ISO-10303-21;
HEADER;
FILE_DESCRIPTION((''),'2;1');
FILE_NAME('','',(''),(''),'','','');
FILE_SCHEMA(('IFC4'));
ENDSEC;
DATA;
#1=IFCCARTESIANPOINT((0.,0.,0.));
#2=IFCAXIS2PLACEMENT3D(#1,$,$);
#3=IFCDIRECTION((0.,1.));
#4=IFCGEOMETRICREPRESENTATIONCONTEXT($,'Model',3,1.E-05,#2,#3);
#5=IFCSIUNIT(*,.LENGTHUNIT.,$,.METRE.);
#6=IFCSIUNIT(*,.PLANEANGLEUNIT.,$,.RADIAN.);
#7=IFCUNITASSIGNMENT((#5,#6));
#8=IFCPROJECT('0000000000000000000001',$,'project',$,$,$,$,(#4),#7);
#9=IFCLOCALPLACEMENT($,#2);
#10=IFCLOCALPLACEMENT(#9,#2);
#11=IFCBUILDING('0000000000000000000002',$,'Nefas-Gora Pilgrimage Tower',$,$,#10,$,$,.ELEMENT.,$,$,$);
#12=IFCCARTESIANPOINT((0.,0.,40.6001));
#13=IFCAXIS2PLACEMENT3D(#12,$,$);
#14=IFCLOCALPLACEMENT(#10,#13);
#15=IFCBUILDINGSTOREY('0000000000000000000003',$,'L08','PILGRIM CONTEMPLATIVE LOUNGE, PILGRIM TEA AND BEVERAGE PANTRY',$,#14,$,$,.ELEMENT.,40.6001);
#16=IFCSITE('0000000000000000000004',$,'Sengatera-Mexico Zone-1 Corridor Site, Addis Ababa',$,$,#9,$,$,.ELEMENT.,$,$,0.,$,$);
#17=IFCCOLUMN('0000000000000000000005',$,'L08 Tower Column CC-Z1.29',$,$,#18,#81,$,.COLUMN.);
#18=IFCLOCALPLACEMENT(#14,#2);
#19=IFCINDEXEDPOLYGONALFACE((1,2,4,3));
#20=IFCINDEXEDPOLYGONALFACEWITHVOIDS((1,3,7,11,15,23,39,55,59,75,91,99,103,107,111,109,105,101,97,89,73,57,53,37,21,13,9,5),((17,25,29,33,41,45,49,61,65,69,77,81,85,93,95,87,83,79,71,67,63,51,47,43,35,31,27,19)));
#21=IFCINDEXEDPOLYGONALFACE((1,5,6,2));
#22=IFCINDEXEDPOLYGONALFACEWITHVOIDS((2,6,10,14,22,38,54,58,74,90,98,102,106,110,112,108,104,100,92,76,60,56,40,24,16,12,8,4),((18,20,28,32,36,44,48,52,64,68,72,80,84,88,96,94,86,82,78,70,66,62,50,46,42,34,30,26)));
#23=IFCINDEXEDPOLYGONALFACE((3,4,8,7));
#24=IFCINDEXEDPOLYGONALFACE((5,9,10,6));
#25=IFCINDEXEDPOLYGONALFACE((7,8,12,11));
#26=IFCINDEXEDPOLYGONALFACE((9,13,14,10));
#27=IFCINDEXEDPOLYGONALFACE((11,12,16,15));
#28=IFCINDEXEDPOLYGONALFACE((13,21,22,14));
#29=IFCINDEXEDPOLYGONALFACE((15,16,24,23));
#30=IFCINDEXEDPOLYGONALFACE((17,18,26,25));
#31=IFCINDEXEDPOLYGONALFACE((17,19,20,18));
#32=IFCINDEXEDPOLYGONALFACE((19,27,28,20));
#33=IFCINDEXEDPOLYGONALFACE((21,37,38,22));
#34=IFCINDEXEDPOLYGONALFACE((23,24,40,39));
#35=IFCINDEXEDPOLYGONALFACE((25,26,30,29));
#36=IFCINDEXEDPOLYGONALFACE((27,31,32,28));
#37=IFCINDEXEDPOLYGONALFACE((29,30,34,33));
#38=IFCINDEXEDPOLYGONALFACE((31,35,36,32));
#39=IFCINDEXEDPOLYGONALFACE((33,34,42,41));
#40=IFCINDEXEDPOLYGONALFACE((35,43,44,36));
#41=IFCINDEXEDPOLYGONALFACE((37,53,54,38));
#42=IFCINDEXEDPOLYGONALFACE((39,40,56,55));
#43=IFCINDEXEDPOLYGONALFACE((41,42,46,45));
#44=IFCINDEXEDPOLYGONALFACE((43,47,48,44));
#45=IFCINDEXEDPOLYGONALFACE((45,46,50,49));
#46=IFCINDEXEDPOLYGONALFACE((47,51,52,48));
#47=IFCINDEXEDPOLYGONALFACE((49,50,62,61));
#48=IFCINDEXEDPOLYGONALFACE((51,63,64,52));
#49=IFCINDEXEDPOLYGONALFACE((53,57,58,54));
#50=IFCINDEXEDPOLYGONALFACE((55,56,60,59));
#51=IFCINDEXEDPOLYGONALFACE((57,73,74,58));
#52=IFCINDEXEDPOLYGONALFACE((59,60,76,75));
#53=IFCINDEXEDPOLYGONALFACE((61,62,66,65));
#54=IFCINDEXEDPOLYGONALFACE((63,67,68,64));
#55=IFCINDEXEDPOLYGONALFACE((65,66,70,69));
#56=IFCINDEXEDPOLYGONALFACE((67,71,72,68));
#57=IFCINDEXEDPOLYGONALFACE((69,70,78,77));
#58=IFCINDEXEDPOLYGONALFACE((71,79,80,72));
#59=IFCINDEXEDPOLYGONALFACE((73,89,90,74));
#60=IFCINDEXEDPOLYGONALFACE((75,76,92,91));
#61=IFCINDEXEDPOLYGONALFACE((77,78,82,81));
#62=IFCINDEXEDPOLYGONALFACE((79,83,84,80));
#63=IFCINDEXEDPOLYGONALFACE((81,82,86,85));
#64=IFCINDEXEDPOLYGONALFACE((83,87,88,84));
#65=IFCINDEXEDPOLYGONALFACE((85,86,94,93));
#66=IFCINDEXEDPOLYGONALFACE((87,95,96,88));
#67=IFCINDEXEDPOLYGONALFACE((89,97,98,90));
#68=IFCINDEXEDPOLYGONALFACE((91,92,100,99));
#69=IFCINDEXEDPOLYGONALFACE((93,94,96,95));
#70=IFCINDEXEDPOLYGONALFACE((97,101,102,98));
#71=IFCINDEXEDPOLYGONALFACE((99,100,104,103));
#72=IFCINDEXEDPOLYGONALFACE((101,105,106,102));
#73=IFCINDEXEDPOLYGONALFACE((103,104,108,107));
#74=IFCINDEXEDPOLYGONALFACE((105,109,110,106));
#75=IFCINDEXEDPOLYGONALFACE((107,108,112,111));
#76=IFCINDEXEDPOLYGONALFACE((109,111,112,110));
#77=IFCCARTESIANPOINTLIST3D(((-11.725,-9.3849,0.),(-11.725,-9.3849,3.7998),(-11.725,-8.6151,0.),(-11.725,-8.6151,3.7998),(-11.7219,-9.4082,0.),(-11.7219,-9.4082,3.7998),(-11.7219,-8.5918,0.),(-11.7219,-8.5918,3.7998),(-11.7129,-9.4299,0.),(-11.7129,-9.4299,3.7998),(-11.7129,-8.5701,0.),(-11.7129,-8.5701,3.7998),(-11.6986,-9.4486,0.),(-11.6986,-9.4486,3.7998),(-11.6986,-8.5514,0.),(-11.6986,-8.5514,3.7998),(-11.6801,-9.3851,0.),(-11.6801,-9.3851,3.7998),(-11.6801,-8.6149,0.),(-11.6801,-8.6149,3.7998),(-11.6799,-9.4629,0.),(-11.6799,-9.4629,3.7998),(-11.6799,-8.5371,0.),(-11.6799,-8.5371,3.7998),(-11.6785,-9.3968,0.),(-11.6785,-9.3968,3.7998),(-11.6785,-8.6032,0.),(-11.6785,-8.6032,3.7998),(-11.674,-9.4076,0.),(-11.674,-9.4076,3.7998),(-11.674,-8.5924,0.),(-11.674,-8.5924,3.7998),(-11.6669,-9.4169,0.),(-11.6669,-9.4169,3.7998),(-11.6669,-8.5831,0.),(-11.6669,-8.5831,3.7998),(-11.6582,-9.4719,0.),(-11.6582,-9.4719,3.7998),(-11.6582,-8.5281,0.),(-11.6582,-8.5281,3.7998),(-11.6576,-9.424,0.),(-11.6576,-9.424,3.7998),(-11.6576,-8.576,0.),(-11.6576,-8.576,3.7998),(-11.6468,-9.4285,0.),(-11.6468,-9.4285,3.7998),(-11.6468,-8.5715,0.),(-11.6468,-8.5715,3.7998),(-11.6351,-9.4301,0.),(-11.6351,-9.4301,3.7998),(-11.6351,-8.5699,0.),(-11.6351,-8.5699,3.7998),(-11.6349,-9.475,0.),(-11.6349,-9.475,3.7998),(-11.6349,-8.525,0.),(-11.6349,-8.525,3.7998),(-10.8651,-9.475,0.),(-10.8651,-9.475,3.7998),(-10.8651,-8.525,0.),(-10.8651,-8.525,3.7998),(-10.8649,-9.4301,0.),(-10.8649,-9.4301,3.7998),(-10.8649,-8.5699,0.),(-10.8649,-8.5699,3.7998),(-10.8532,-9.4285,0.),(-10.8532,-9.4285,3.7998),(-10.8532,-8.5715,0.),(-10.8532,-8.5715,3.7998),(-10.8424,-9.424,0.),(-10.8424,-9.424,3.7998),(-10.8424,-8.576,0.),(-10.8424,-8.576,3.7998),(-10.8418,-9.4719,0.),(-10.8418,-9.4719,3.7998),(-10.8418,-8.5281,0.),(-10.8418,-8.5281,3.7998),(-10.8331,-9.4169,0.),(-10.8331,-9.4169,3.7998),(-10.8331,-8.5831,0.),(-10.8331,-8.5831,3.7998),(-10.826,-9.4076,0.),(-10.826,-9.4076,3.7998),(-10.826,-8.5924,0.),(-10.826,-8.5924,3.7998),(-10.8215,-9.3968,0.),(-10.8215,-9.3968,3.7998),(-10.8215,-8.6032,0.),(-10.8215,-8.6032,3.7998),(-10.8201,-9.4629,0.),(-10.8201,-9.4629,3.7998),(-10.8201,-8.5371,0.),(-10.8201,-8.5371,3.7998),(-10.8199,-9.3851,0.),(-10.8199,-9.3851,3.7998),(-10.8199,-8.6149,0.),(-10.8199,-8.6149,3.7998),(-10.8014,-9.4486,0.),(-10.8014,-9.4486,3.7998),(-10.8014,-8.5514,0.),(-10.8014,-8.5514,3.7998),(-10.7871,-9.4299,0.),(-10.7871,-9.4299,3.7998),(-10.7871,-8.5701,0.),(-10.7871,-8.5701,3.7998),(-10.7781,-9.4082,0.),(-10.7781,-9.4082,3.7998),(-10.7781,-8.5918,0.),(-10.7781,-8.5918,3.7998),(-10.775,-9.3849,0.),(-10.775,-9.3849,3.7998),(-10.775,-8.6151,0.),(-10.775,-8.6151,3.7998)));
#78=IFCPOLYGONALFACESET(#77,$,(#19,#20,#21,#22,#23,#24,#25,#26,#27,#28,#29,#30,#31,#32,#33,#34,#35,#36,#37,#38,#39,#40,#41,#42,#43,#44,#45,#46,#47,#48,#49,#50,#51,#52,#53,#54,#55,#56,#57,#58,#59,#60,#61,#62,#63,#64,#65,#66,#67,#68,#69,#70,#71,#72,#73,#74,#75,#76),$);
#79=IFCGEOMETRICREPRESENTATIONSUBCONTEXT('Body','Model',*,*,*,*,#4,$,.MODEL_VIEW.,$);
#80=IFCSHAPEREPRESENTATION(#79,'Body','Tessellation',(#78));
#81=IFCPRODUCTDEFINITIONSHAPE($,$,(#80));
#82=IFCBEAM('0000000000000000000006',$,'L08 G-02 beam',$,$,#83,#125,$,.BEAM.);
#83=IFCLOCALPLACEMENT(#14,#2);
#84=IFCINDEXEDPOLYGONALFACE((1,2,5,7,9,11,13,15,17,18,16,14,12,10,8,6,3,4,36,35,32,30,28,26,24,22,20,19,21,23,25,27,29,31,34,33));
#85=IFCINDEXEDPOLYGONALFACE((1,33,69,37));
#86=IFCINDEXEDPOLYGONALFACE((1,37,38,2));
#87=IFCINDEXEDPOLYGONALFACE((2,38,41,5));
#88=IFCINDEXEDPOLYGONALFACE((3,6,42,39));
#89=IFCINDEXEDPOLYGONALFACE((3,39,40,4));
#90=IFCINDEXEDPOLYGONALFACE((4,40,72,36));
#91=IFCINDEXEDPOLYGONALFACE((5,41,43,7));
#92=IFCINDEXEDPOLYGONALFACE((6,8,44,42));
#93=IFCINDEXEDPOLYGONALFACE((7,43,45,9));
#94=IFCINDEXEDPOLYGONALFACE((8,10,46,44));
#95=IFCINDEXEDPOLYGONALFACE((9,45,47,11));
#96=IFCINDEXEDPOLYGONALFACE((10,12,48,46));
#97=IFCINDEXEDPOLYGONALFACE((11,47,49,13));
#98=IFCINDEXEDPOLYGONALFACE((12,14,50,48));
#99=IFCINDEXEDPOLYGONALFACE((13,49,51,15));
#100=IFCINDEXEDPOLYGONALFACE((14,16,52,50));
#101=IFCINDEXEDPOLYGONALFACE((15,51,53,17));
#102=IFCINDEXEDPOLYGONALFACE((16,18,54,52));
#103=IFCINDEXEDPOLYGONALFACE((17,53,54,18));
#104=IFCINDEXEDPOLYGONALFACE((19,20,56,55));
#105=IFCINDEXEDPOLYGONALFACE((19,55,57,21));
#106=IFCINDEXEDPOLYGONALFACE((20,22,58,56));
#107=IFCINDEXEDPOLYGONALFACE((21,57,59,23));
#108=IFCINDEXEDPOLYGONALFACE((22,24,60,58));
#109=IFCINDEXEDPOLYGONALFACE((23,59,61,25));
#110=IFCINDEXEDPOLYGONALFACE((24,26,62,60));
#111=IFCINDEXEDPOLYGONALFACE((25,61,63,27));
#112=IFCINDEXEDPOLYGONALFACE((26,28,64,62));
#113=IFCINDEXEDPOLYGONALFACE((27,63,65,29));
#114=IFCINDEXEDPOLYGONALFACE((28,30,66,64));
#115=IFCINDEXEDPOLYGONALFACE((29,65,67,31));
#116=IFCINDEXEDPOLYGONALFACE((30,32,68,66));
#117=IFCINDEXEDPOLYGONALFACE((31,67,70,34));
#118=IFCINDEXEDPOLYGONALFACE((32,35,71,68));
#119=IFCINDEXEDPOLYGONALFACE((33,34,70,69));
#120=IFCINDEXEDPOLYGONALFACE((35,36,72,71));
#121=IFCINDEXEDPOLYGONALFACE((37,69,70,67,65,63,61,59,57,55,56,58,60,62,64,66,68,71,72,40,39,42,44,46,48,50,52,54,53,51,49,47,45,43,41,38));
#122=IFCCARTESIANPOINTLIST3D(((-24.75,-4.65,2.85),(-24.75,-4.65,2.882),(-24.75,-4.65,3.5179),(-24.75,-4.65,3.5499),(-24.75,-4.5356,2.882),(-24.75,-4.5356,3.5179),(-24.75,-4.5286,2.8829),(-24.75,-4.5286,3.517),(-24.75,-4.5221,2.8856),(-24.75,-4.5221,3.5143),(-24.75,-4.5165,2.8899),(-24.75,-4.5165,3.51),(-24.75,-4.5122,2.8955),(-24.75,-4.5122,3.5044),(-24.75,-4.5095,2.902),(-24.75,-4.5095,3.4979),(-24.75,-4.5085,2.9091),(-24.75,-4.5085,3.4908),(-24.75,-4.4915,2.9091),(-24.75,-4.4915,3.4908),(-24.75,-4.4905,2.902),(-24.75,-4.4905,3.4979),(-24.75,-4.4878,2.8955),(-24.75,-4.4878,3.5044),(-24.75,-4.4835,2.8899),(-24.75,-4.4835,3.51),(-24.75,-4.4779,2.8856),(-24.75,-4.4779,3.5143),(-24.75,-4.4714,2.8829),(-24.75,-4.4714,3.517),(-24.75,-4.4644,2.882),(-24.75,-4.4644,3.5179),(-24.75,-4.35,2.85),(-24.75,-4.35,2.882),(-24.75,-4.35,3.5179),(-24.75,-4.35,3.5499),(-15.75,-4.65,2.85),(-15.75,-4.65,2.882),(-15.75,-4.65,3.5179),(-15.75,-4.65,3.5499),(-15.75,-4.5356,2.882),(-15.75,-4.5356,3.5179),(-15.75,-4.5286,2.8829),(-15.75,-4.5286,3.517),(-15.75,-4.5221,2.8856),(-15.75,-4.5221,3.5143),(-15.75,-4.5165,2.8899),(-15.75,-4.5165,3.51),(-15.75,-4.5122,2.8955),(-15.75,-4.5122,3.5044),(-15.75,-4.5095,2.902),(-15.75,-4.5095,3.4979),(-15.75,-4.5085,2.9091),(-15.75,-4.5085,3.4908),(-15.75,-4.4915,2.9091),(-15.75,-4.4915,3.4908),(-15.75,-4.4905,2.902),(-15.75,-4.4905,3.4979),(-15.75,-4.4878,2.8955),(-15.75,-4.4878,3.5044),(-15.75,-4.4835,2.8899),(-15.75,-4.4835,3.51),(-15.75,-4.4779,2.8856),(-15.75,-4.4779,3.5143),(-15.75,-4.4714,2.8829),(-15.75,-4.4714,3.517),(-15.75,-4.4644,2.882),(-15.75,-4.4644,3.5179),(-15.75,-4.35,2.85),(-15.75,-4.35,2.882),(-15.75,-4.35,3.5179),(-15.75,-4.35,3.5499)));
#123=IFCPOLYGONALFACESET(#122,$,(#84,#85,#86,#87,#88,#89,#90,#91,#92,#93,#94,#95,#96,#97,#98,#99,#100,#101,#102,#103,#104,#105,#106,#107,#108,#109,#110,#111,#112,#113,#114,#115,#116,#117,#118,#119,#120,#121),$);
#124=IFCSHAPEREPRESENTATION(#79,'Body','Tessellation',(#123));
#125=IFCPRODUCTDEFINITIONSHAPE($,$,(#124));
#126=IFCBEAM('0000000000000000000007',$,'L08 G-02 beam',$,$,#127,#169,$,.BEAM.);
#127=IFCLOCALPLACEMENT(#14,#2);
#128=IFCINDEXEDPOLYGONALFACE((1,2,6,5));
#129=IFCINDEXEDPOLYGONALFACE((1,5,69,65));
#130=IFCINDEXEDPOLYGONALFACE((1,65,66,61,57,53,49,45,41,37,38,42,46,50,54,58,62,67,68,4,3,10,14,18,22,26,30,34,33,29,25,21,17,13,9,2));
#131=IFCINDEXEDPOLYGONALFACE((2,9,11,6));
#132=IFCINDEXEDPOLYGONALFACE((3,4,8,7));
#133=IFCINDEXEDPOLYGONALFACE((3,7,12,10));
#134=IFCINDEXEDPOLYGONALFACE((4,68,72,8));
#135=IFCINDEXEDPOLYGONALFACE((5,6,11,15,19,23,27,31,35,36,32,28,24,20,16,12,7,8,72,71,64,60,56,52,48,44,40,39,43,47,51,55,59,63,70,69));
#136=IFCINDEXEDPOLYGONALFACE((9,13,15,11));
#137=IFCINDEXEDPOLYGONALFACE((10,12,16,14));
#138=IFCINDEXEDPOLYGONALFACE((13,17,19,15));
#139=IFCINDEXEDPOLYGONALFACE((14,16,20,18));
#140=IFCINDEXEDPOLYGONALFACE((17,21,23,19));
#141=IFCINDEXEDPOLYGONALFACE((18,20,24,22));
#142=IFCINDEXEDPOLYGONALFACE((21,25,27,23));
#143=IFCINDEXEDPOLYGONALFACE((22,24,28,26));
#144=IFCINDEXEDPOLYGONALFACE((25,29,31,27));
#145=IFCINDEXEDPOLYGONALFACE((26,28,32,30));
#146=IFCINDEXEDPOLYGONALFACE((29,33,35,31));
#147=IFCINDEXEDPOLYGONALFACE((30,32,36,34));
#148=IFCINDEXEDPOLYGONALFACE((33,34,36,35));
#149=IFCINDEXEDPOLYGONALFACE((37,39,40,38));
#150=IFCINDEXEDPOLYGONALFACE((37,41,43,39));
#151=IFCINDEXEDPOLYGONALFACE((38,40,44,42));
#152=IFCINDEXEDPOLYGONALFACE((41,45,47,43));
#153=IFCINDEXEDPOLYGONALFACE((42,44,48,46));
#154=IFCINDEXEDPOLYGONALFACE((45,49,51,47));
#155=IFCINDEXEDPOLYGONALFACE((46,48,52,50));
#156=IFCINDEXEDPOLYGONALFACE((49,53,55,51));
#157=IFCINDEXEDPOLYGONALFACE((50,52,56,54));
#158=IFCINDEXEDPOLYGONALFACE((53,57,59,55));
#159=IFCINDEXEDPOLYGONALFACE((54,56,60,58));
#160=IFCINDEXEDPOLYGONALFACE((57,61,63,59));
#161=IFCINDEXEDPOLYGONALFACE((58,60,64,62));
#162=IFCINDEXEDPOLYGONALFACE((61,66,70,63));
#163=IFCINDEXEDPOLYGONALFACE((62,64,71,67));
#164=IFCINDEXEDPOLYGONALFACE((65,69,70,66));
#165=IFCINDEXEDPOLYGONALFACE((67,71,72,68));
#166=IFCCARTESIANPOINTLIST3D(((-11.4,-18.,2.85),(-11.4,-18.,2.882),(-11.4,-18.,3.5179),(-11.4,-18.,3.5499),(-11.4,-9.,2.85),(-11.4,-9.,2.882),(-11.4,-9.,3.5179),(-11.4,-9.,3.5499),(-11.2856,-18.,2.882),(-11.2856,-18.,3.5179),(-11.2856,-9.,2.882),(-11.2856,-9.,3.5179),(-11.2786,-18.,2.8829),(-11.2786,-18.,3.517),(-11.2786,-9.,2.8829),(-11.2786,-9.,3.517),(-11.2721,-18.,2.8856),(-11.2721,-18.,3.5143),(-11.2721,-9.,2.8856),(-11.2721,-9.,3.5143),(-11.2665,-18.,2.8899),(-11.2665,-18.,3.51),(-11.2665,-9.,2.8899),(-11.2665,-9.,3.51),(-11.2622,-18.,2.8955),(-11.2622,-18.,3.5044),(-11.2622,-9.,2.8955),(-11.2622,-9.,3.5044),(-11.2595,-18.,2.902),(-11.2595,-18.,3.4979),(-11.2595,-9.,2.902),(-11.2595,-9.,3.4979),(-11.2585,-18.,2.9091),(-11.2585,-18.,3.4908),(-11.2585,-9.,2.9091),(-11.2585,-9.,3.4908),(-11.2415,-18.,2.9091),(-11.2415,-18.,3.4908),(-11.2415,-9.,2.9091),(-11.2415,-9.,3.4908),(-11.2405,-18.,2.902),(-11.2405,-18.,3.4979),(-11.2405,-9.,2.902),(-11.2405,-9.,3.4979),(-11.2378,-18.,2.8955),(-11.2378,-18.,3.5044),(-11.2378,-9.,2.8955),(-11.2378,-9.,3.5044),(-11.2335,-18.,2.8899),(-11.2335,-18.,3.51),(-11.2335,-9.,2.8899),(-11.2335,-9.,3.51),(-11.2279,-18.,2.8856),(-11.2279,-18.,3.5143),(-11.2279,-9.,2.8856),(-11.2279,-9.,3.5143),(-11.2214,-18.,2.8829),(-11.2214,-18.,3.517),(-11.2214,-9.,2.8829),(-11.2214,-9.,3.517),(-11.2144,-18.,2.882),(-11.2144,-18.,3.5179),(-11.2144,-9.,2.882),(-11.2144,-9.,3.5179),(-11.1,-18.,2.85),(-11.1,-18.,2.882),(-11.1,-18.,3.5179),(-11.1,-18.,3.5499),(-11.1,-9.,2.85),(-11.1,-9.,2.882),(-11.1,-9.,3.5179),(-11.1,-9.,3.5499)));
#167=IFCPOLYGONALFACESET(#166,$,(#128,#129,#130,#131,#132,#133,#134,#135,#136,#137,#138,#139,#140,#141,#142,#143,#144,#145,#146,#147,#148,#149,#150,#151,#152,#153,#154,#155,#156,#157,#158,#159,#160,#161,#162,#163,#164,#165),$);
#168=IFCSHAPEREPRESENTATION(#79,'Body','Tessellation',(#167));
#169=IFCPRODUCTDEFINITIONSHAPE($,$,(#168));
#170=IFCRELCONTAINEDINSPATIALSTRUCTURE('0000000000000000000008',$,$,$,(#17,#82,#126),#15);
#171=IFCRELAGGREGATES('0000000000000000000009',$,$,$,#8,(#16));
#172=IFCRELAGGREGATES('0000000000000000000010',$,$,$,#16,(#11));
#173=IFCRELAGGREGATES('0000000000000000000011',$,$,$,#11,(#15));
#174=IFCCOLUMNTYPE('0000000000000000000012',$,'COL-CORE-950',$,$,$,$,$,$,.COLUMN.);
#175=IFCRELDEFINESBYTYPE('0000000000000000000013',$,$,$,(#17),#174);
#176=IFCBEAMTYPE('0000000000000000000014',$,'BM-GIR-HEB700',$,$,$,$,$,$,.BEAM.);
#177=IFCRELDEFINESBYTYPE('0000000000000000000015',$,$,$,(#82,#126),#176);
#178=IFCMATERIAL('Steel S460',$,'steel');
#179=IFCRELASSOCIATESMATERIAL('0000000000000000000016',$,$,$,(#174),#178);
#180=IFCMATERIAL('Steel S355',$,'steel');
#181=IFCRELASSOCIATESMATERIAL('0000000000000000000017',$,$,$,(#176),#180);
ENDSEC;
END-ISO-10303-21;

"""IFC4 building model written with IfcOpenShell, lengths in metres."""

from ifc_helpers import new_model, si_unit, direction, frame, origin, origin_2d, place, context, subcontext, project, spatial, hollow_rectangle, i_section, extrude, source, transform, mapped, material, material_profile, profile_set, type_object, element, save


model = new_model("IFC4")

# Units and contexts
model_context = context("Model", 3, precision=1e-05, world=origin(), true_north=direction((0.0, 1.0)))
body_context = subcontext(model_context, "Body", "Model", "MODEL_VIEW")
ifc_project = project(units=[si_unit("LENGTHUNIT", "METRE"), si_unit("PLANEANGLEUNIT", "RADIAN")], contexts=[model_context])

# Site, building, storey
site_placement = place(None, origin())
site = spatial("IfcSite", under=ifc_project, at=site_placement, Name="Sengatera-Mexico Zone-1 Corridor Site, Addis Ababa", CompositionType="ELEMENT", RefElevation=0.0)
building_placement = place(site_placement, origin())
building = spatial("IfcBuilding", under=site, at=building_placement, Name="Nefas-Gora Pilgrimage Tower", CompositionType="ELEMENT")
storey_placement = place(building_placement, frame((0.0, 0.0, 40.6001)))
storey = spatial("IfcBuildingStorey", under=building, at=storey_placement, Name="L08", Description="PILGRIM CONTEMPLATIVE LOUNGE, PILGRIM TEA AND BEVERAGE PANTRY", CompositionType="ELEMENT", Elevation=40.6001)

# Column
ifc_material_1 = material(Name="Steel S460", Category="steel")
ifc_material_profile_1 = material_profile(ifc_material_1, hollow_rectangle(XDim=0.95, YDim=0.95, WallThickness=0.0449, InnerFilletRadius=0.0449, OuterFilletRadius=0.0901, at=origin_2d()), Name="BOX 950x950x45")
ifc_profile_set_1 = profile_set([ifc_material_profile_1], Name="Steel S460")
column_type_1 = type_object("IfcColumnType", Name="COL-CORE-950", PredefinedType="COLUMN", material=ifc_profile_set_1)
shared_shape_1 = source(origin(), body_context, "Body", "SweptSolid", [
    extrude(hollow_rectangle(XDim=0.95, YDim=0.95, WallThickness=0.0449, InnerFilletRadius=0.0449, OuterFilletRadius=0.0901, at=origin_2d()), origin(), (0.0, 0.0, 1.0), 3.7998),
])
column_1_placement = place(storey_placement, frame((-11.25, -9.0, 0.0), z_axis=(0.0, 0.0, 1.0), x_axis=(1.0, 0.0, 0.0)))
element("IfcColumn", 1, at=column_1_placement, inside=storey, type_object=column_type_1, Name="L08 Tower Column CC-Z1.29", PredefinedType="COLUMN", context=body_context, shape_type="MappedRepresentation", body=[
    mapped(shared_shape_1, transform((0.0, 0.0, 0.0), x_axis=(1.0, 0.0, 0.0), y_axis=(0.0, 1.0, 0.0), z_axis=(0.0, 0.0, 1.0), scale=1.0)),
])

# Beams
ifc_material_2 = material(Name="Steel S355", Category="steel")
ifc_material_profile_2 = material_profile(ifc_material_2, i_section(OverallWidth=0.3, OverallDepth=0.7, WebThickness=0.0171, FlangeThickness=0.032, FilletRadius=0.0271, at=origin_2d()), Name="HEB 700")
ifc_profile_set_2 = profile_set([ifc_material_profile_2], Name="Steel S355")
beam_type = type_object("IfcBeamType", Name="BM-GIR-HEB700", PredefinedType="BEAM", material=ifc_profile_set_2)
shared_shape_2 = source(origin(), body_context, "Body", "SweptSolid", [
    extrude(i_section(OverallWidth=0.3, OverallDepth=0.7, WebThickness=0.0171, FlangeThickness=0.032, FilletRadius=0.0271, at=origin_2d()), origin(), (0.0, 0.0, 1.0), 9.0),
])
for number, where, z_axis, x_axis, name in (
    (2, (-24.75, -4.5, 3.2), (1.0, 0.0, 0.0), (0.0, 1.0, 0.0), "L08 G-02 beam"),
    (3, (-11.25, -18.0, 3.2), (0.0, 1.0, 0.0), (-1.0, 0.0, 0.0), "L08 G-02 beam"),
):
    element("IfcBeam", number, at=place(storey_placement, frame(where, z_axis=z_axis, x_axis=x_axis)), inside=storey, type_object=beam_type, Name=name, PredefinedType="BEAM", context=body_context, shape_type="MappedRepresentation", body=[
        mapped(shared_shape_2, transform((0.0, 0.0, 0.0), x_axis=(1.0, 0.0, 0.0), y_axis=(0.0, 1.0, 0.0), z_axis=(0.0, 0.0, 1.0), scale=1.0)),
    ])

save(model, "model.ifc")
